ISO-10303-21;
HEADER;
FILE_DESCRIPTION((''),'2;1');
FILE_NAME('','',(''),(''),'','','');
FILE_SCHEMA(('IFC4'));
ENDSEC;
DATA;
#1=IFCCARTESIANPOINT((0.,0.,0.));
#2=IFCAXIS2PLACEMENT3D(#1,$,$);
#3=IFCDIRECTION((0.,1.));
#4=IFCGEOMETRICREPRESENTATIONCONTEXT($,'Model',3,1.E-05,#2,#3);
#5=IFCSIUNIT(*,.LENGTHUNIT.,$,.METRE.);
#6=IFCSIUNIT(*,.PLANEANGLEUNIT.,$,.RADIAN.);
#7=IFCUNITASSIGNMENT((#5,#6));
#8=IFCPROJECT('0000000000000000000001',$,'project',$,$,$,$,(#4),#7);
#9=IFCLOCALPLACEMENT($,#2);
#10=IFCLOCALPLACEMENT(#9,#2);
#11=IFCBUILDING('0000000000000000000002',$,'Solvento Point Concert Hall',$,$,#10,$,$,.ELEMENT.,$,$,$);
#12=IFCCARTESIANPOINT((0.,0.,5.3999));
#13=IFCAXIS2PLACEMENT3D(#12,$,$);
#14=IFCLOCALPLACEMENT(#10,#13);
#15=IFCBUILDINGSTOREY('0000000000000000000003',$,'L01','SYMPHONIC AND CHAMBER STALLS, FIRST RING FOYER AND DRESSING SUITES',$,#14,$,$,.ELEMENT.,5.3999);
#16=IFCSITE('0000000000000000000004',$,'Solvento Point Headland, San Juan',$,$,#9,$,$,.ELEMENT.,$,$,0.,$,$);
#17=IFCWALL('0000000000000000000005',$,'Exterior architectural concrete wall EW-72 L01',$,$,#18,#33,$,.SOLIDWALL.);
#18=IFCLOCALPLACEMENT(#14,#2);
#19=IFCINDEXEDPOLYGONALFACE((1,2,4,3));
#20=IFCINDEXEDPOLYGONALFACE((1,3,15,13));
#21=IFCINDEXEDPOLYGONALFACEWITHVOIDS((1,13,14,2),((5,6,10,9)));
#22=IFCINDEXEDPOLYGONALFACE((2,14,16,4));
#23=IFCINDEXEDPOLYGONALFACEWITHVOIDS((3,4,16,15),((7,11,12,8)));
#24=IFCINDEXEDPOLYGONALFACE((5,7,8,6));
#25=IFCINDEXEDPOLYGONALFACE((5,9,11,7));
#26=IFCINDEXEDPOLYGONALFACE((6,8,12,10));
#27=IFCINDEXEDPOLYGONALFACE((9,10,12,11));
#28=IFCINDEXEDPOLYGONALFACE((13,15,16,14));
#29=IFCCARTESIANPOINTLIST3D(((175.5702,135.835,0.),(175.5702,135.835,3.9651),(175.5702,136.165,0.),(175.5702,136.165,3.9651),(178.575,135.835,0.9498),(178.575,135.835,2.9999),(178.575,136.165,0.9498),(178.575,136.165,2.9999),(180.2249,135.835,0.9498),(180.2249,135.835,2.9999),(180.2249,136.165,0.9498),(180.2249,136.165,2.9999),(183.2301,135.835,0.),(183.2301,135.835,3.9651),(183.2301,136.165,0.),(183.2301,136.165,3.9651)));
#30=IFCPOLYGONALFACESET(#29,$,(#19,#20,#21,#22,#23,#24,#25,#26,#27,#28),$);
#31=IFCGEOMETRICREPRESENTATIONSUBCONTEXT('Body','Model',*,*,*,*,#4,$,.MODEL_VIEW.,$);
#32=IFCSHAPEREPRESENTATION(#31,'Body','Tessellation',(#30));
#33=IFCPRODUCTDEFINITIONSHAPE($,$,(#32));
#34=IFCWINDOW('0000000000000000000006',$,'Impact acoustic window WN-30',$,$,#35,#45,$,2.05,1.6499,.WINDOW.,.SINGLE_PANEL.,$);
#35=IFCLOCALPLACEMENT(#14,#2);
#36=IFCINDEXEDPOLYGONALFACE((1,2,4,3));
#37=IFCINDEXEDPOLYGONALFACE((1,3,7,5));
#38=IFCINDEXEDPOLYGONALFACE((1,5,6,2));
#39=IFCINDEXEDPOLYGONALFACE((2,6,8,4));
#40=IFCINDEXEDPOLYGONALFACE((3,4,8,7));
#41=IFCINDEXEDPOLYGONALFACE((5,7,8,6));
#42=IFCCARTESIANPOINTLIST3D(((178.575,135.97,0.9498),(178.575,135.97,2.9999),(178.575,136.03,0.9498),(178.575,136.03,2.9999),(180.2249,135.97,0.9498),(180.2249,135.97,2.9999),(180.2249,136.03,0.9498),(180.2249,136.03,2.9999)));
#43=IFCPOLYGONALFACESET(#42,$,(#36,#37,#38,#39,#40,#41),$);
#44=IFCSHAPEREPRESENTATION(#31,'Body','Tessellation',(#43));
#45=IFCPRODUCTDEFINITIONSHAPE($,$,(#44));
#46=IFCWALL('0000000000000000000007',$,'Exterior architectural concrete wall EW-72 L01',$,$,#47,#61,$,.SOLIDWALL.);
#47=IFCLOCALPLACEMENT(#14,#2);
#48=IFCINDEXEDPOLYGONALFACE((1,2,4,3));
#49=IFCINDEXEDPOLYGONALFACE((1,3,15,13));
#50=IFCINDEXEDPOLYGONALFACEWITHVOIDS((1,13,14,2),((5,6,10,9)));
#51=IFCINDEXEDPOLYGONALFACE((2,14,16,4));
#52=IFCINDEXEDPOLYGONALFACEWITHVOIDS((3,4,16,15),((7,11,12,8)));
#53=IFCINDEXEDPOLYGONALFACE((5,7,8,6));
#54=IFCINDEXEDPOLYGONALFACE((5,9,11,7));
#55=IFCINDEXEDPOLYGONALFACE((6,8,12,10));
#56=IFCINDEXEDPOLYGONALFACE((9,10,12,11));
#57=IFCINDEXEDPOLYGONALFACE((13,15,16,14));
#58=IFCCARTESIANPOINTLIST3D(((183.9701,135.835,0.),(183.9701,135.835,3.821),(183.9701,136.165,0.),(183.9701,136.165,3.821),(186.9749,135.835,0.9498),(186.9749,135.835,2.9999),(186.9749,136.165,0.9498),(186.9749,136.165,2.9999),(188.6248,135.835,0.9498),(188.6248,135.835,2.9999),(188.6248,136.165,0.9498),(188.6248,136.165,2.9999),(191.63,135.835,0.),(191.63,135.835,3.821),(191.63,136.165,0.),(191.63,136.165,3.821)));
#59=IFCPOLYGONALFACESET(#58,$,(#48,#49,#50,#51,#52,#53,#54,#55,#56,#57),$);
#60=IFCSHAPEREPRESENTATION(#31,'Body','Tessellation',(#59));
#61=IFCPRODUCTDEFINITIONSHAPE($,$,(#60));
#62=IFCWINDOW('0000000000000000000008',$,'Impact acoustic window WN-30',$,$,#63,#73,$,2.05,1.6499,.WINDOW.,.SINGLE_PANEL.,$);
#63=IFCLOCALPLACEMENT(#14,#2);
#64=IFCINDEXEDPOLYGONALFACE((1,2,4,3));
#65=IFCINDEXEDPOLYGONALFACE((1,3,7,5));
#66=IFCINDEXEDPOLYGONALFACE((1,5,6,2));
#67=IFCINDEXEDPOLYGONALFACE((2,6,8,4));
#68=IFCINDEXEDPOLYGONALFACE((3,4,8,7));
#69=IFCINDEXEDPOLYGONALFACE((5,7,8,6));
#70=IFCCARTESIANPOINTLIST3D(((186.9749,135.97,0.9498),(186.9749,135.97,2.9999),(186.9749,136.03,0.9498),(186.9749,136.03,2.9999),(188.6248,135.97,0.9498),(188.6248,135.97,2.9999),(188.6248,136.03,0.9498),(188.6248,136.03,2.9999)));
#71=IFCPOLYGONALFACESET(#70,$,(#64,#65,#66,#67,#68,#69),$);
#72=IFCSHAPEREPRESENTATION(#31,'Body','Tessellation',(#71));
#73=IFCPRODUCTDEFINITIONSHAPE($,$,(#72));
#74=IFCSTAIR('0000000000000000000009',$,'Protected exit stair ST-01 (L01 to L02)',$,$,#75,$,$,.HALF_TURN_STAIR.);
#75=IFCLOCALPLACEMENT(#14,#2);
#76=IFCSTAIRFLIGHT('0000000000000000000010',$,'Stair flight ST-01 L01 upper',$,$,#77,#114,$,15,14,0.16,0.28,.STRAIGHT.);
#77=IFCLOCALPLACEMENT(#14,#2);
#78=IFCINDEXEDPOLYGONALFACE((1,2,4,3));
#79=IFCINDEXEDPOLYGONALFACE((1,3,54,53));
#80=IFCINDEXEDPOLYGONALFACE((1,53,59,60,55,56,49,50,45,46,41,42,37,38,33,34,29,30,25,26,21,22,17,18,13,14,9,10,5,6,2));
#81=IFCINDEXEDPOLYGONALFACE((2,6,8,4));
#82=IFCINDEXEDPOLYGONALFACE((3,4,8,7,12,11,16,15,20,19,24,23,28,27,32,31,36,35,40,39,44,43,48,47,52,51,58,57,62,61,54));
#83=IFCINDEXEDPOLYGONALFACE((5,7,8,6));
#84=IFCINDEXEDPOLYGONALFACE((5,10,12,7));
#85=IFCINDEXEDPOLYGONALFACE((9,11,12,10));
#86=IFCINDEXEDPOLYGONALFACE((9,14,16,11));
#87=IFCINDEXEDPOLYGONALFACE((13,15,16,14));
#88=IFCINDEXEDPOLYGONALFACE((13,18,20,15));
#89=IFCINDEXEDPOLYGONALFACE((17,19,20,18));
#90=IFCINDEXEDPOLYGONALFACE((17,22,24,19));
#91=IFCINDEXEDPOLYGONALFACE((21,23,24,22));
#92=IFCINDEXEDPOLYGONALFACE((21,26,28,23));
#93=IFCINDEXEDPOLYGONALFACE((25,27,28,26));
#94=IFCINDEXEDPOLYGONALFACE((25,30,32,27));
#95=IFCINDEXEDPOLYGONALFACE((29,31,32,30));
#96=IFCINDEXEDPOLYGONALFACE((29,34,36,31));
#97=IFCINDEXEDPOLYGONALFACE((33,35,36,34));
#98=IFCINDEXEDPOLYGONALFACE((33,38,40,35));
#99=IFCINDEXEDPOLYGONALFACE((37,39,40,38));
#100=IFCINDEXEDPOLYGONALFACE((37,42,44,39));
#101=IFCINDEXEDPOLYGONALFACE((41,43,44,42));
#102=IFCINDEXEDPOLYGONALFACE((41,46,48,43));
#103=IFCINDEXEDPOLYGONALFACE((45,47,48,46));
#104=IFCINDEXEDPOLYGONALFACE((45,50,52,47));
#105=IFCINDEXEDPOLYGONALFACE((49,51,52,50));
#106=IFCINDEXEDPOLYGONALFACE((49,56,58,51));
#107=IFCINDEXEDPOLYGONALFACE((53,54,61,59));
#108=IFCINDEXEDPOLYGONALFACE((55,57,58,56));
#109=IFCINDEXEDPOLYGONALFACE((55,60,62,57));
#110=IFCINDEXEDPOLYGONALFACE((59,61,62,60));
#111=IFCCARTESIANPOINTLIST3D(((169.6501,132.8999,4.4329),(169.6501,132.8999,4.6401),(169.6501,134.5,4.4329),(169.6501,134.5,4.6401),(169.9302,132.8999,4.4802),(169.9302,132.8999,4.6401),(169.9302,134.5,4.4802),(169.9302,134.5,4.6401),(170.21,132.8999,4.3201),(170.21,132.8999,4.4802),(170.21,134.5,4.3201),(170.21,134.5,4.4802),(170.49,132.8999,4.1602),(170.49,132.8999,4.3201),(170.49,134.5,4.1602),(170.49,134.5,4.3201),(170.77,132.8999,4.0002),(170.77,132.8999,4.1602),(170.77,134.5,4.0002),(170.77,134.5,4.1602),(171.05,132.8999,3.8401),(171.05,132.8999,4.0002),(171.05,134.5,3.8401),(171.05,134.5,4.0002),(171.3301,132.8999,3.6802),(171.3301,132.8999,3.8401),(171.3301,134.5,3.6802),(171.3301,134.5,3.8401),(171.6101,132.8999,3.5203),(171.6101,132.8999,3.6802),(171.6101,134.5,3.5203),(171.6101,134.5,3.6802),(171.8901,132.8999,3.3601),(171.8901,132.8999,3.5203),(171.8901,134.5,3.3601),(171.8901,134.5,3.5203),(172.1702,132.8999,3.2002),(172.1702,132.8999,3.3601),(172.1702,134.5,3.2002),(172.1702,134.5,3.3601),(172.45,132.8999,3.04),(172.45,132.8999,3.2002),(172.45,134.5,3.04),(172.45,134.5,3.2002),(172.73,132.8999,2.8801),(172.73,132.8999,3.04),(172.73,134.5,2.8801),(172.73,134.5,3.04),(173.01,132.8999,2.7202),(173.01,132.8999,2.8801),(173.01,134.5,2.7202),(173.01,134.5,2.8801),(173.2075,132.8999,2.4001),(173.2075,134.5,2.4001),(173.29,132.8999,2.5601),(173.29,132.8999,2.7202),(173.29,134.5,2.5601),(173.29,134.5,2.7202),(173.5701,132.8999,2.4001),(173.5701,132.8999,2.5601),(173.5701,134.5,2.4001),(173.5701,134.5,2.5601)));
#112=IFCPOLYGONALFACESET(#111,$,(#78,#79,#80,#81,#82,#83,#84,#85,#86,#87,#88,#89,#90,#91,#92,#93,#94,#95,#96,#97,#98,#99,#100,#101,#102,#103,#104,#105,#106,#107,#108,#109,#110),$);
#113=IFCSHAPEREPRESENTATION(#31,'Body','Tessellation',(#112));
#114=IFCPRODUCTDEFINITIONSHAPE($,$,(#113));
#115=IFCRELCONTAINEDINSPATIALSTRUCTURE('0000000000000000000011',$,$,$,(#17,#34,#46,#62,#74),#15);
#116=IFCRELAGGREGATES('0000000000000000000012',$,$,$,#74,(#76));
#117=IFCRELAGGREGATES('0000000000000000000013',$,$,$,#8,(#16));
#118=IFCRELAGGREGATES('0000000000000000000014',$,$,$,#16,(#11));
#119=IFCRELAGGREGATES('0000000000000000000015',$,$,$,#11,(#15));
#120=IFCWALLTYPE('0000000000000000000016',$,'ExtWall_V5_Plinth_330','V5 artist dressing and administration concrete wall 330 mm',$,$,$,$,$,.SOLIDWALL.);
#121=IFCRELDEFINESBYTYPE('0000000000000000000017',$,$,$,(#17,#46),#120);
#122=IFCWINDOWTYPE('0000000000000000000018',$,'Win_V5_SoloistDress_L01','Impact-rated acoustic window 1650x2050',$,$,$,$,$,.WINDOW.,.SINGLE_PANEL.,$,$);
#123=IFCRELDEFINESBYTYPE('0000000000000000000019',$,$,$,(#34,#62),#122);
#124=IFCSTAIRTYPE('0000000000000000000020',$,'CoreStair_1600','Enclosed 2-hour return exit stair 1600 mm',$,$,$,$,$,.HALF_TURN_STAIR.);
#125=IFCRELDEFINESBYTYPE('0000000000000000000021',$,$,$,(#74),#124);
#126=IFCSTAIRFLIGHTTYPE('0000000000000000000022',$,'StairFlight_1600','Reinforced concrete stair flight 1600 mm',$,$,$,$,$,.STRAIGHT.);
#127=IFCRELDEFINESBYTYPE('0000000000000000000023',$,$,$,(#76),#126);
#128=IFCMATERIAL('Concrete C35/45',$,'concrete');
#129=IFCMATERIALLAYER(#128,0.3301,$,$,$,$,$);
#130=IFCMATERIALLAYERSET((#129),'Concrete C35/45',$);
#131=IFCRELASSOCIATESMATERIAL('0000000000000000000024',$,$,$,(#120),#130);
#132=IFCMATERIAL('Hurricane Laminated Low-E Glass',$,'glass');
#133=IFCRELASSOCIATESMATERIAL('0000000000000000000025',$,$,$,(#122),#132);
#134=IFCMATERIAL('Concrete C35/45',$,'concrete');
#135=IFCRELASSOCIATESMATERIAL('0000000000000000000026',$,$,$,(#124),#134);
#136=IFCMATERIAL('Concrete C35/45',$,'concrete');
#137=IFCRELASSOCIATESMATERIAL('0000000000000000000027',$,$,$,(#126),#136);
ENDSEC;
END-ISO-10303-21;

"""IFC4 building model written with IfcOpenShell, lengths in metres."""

from ifc_helpers import new_model, si_unit, direction, frame, frame_2d, origin, place, context, subcontext, project, spatial, polyline, rectangle, outline, extrude, material, layer, layer_set, type_object, element, fill, aggregate, save


model = new_model("IFC4")

# Units and contexts
model_context = context("Model", 3, precision=1e-05, world=origin(), true_north=direction((0.0, 1.0)))
body_context = subcontext(model_context, "Body", "Model", "MODEL_VIEW")
ifc_project = project(units=[si_unit("LENGTHUNIT", "METRE"), si_unit("PLANEANGLEUNIT", "RADIAN")], contexts=[model_context])

# Site, building, storey
site_placement = place(None, origin())
site = spatial("IfcSite", under=ifc_project, at=site_placement, Name="Solvento Point Headland, San Juan", CompositionType="ELEMENT", RefElevation=0.0)
building_placement = place(site_placement, origin())
building = spatial("IfcBuilding", under=site, at=building_placement, Name="Solvento Point Concert Hall", CompositionType="ELEMENT")
storey_placement = place(building_placement, frame((0.0, 0.0, 5.3999)))
storey = spatial("IfcBuildingStorey", under=building, at=storey_placement, Name="L01", Description="SYMPHONIC AND CHAMBER STALLS, FIRST RING FOYER AND DRESSING SUITES", CompositionType="ELEMENT", Elevation=5.3999)

# Walls, openings, windows
ifc_material_1 = material(Name="Concrete C35/45", Category="concrete")
ifc_layer_1 = layer(ifc_material_1, 0.3301)
ifc_layer_set_1 = layer_set([ifc_layer_1], Name="Concrete C35/45")
wall_type_1 = type_object("IfcWallType", Name="ExtWall_V5_Plinth_330", Description="V5 artist dressing and administration concrete wall 330 mm", PredefinedType="SOLIDWALL", material=ifc_layer_set_1)
wall_1_placement = place(storey_placement, frame((175.5701, 136.0, 0.0), z_axis=(0.0, 0.0, 1.0), x_axis=(1.0, 0.0, 0.0)))
wall_1 = element("IfcWall", 1, at=wall_1_placement, inside=storey, type_object=wall_type_1, Name="Exterior architectural concrete wall EW-72 L01", PredefinedType="SOLIDWALL", context=body_context, shape_type="SweptSolid", body=[
    extrude(rectangle(XDim=7.6599, YDim=0.3301, at=frame_2d((3.8301, 0.0))), origin(), (0.0, 0.0, 1.0), 3.9651),
])
opening_1_placement = place(wall_1_placement, frame((3.0049, 0.0, 0.95)))
opening_1 = element("IfcOpeningElement", 2, at=opening_1_placement, cuts=wall_1, PredefinedType="OPENING", context=body_context, shape_type="SweptSolid", body=[
    extrude(rectangle(XDim=1.6499, YDim=2.05, at=frame_2d((0.825, 1.0249))), frame((0.0, 0.175, 0.0), z_axis=(0.0, -1.0, 0.0), x_axis=(1.0, 0.0, 0.0)), (0.0, 0.0, 1.0), 0.3501),
])
ifc_material_2 = material(Name="Hurricane Laminated Low-E Glass", Category="glass")
window_type = type_object("IfcWindowType", Name="Win_V5_SoloistDress_L01", Description="Impact-rated acoustic window 1650x2050", PartitioningType="SINGLE_PANEL", PredefinedType="WINDOW", material=ifc_material_2)
window_1_placement = place(opening_1_placement, origin())
window_1 = element("IfcWindow", 3, at=window_1_placement, inside=storey, type_object=window_type, Name="Impact acoustic window WN-30", OverallHeight=2.05, OverallWidth=1.6499, PartitioningType="SINGLE_PANEL", PredefinedType="WINDOW", context=body_context, shape_type="SweptSolid", body=[
    extrude(rectangle(XDim=1.6499, YDim=2.05, at=frame_2d((0.825, 1.0249))), frame((0.0, 0.03, 0.0), z_axis=(0.0, -1.0, 0.0), x_axis=(1.0, 0.0, 0.0)), (0.0, 0.0, 1.0), 0.0601),
])
fill(opening_1, window_1)
wall_2_placement = place(storey_placement, frame((183.97, 136.0, 0.0), z_axis=(0.0, 0.0, 1.0), x_axis=(1.0, 0.0, 0.0)))
wall_2 = element("IfcWall", 4, at=wall_2_placement, inside=storey, type_object=wall_type_1, Name="Exterior architectural concrete wall EW-72 L01", PredefinedType="SOLIDWALL", context=body_context, shape_type="SweptSolid", body=[
    extrude(rectangle(XDim=7.6599, YDim=0.3301, at=frame_2d((3.8301, 0.0))), origin(), (0.0, 0.0, 1.0), 3.821),
])
opening_2_placement = place(wall_2_placement, frame((3.0049, 0.0, 0.95)))
opening_2 = element("IfcOpeningElement", 5, at=opening_2_placement, cuts=wall_2, PredefinedType="OPENING", context=body_context, shape_type="SweptSolid", body=[
    extrude(rectangle(XDim=1.6499, YDim=2.05, at=frame_2d((0.825, 1.0249))), frame((0.0, 0.175, 0.0), z_axis=(0.0, -1.0, 0.0), x_axis=(1.0, 0.0, 0.0)), (0.0, 0.0, 1.0), 0.3501),
])
window_2_placement = place(opening_2_placement, origin())
window_2 = element("IfcWindow", 6, at=window_2_placement, inside=storey, type_object=window_type, Name="Impact acoustic window WN-30", OverallHeight=2.05, OverallWidth=1.6499, PartitioningType="SINGLE_PANEL", PredefinedType="WINDOW", context=body_context, shape_type="SweptSolid", body=[
    extrude(rectangle(XDim=1.6499, YDim=2.05, at=frame_2d((0.825, 1.0249))), frame((0.0, 0.03, 0.0), z_axis=(0.0, -1.0, 0.0), x_axis=(1.0, 0.0, 0.0)), (0.0, 0.0, 1.0), 0.0601),
])
fill(opening_2, window_2)

# Stair, stair flight
ifc_material_3 = material(Name="Concrete C35/45", Category="concrete")
stair_type = type_object("IfcStairType", Name="CoreStair_1600", Description="Enclosed 2-hour return exit stair 1600 mm", PredefinedType="HALF_TURN_STAIR", material=ifc_material_3)
stair_placement = place(storey_placement, origin())
stair = element("IfcStair", 7, at=stair_placement, inside=storey, type_object=stair_type, Name="Protected exit stair ST-01 (L01 to L02)", PredefinedType="HALF_TURN_STAIR")
ifc_material_4 = material(Name="Concrete C35/45", Category="concrete")
stair_flight_type = type_object("IfcStairFlightType", Name="StairFlight_1600", Description="Reinforced concrete stair flight 1600 mm", PredefinedType="STRAIGHT", material=ifc_material_4)
stair_flight_placement = place(storey_placement, frame((173.5701, 133.7, 2.4001), z_axis=(0.0, 0.0, 1.0), x_axis=(-1.0, 0.0, 0.0)))
stair_flight = element("IfcStairFlight", 8, at=stair_flight_placement, type_object=stair_flight_type, Name="Stair flight ST-01 L01 upper", NumberOfRisers=15, NumberOfTreads=14, PredefinedType="STRAIGHT", RiserHeight=0.16, TreadLength=0.28, context=body_context, shape_type="SweptSolid", body=[
    extrude(outline(polyline([(0.0, 0.0), (0.0, 0.1599), (0.28, 0.1599), (0.28, 0.3201), (0.5601, 0.3201), (0.5601, 0.48), (0.8401, 0.48), (0.8401, 0.6399), (1.1201, 0.6399), (1.1201, 0.8), (1.3999, 0.8), (1.3999, 0.96), (1.6799, 0.96), (1.6799, 1.1201), (1.96, 1.1201), (1.96, 1.28), (2.24, 1.28), (2.24, 1.4399), (2.52, 1.4399), (2.52, 1.6001), (2.8, 1.6001), (2.8, 1.76), (3.0801, 1.76), (3.0801, 1.9199), (3.3601, 1.9199), (3.3601, 2.0801), (3.6399, 2.0801), (3.6399, 2.24), (3.9199, 2.24), (3.9199, 2.3999), (3.9199, 2.0327), (0.3625, 0.0), (0.0, 0.0)])), frame((0.0, 0.8, 0.0), z_axis=(0.0, -1.0, 0.0), x_axis=(1.0, 0.0, 0.0)), (0.0, 0.0, 1.0), 1.6001),
])
aggregate(stair, [stair_flight])

save(model, "model.ifc")
